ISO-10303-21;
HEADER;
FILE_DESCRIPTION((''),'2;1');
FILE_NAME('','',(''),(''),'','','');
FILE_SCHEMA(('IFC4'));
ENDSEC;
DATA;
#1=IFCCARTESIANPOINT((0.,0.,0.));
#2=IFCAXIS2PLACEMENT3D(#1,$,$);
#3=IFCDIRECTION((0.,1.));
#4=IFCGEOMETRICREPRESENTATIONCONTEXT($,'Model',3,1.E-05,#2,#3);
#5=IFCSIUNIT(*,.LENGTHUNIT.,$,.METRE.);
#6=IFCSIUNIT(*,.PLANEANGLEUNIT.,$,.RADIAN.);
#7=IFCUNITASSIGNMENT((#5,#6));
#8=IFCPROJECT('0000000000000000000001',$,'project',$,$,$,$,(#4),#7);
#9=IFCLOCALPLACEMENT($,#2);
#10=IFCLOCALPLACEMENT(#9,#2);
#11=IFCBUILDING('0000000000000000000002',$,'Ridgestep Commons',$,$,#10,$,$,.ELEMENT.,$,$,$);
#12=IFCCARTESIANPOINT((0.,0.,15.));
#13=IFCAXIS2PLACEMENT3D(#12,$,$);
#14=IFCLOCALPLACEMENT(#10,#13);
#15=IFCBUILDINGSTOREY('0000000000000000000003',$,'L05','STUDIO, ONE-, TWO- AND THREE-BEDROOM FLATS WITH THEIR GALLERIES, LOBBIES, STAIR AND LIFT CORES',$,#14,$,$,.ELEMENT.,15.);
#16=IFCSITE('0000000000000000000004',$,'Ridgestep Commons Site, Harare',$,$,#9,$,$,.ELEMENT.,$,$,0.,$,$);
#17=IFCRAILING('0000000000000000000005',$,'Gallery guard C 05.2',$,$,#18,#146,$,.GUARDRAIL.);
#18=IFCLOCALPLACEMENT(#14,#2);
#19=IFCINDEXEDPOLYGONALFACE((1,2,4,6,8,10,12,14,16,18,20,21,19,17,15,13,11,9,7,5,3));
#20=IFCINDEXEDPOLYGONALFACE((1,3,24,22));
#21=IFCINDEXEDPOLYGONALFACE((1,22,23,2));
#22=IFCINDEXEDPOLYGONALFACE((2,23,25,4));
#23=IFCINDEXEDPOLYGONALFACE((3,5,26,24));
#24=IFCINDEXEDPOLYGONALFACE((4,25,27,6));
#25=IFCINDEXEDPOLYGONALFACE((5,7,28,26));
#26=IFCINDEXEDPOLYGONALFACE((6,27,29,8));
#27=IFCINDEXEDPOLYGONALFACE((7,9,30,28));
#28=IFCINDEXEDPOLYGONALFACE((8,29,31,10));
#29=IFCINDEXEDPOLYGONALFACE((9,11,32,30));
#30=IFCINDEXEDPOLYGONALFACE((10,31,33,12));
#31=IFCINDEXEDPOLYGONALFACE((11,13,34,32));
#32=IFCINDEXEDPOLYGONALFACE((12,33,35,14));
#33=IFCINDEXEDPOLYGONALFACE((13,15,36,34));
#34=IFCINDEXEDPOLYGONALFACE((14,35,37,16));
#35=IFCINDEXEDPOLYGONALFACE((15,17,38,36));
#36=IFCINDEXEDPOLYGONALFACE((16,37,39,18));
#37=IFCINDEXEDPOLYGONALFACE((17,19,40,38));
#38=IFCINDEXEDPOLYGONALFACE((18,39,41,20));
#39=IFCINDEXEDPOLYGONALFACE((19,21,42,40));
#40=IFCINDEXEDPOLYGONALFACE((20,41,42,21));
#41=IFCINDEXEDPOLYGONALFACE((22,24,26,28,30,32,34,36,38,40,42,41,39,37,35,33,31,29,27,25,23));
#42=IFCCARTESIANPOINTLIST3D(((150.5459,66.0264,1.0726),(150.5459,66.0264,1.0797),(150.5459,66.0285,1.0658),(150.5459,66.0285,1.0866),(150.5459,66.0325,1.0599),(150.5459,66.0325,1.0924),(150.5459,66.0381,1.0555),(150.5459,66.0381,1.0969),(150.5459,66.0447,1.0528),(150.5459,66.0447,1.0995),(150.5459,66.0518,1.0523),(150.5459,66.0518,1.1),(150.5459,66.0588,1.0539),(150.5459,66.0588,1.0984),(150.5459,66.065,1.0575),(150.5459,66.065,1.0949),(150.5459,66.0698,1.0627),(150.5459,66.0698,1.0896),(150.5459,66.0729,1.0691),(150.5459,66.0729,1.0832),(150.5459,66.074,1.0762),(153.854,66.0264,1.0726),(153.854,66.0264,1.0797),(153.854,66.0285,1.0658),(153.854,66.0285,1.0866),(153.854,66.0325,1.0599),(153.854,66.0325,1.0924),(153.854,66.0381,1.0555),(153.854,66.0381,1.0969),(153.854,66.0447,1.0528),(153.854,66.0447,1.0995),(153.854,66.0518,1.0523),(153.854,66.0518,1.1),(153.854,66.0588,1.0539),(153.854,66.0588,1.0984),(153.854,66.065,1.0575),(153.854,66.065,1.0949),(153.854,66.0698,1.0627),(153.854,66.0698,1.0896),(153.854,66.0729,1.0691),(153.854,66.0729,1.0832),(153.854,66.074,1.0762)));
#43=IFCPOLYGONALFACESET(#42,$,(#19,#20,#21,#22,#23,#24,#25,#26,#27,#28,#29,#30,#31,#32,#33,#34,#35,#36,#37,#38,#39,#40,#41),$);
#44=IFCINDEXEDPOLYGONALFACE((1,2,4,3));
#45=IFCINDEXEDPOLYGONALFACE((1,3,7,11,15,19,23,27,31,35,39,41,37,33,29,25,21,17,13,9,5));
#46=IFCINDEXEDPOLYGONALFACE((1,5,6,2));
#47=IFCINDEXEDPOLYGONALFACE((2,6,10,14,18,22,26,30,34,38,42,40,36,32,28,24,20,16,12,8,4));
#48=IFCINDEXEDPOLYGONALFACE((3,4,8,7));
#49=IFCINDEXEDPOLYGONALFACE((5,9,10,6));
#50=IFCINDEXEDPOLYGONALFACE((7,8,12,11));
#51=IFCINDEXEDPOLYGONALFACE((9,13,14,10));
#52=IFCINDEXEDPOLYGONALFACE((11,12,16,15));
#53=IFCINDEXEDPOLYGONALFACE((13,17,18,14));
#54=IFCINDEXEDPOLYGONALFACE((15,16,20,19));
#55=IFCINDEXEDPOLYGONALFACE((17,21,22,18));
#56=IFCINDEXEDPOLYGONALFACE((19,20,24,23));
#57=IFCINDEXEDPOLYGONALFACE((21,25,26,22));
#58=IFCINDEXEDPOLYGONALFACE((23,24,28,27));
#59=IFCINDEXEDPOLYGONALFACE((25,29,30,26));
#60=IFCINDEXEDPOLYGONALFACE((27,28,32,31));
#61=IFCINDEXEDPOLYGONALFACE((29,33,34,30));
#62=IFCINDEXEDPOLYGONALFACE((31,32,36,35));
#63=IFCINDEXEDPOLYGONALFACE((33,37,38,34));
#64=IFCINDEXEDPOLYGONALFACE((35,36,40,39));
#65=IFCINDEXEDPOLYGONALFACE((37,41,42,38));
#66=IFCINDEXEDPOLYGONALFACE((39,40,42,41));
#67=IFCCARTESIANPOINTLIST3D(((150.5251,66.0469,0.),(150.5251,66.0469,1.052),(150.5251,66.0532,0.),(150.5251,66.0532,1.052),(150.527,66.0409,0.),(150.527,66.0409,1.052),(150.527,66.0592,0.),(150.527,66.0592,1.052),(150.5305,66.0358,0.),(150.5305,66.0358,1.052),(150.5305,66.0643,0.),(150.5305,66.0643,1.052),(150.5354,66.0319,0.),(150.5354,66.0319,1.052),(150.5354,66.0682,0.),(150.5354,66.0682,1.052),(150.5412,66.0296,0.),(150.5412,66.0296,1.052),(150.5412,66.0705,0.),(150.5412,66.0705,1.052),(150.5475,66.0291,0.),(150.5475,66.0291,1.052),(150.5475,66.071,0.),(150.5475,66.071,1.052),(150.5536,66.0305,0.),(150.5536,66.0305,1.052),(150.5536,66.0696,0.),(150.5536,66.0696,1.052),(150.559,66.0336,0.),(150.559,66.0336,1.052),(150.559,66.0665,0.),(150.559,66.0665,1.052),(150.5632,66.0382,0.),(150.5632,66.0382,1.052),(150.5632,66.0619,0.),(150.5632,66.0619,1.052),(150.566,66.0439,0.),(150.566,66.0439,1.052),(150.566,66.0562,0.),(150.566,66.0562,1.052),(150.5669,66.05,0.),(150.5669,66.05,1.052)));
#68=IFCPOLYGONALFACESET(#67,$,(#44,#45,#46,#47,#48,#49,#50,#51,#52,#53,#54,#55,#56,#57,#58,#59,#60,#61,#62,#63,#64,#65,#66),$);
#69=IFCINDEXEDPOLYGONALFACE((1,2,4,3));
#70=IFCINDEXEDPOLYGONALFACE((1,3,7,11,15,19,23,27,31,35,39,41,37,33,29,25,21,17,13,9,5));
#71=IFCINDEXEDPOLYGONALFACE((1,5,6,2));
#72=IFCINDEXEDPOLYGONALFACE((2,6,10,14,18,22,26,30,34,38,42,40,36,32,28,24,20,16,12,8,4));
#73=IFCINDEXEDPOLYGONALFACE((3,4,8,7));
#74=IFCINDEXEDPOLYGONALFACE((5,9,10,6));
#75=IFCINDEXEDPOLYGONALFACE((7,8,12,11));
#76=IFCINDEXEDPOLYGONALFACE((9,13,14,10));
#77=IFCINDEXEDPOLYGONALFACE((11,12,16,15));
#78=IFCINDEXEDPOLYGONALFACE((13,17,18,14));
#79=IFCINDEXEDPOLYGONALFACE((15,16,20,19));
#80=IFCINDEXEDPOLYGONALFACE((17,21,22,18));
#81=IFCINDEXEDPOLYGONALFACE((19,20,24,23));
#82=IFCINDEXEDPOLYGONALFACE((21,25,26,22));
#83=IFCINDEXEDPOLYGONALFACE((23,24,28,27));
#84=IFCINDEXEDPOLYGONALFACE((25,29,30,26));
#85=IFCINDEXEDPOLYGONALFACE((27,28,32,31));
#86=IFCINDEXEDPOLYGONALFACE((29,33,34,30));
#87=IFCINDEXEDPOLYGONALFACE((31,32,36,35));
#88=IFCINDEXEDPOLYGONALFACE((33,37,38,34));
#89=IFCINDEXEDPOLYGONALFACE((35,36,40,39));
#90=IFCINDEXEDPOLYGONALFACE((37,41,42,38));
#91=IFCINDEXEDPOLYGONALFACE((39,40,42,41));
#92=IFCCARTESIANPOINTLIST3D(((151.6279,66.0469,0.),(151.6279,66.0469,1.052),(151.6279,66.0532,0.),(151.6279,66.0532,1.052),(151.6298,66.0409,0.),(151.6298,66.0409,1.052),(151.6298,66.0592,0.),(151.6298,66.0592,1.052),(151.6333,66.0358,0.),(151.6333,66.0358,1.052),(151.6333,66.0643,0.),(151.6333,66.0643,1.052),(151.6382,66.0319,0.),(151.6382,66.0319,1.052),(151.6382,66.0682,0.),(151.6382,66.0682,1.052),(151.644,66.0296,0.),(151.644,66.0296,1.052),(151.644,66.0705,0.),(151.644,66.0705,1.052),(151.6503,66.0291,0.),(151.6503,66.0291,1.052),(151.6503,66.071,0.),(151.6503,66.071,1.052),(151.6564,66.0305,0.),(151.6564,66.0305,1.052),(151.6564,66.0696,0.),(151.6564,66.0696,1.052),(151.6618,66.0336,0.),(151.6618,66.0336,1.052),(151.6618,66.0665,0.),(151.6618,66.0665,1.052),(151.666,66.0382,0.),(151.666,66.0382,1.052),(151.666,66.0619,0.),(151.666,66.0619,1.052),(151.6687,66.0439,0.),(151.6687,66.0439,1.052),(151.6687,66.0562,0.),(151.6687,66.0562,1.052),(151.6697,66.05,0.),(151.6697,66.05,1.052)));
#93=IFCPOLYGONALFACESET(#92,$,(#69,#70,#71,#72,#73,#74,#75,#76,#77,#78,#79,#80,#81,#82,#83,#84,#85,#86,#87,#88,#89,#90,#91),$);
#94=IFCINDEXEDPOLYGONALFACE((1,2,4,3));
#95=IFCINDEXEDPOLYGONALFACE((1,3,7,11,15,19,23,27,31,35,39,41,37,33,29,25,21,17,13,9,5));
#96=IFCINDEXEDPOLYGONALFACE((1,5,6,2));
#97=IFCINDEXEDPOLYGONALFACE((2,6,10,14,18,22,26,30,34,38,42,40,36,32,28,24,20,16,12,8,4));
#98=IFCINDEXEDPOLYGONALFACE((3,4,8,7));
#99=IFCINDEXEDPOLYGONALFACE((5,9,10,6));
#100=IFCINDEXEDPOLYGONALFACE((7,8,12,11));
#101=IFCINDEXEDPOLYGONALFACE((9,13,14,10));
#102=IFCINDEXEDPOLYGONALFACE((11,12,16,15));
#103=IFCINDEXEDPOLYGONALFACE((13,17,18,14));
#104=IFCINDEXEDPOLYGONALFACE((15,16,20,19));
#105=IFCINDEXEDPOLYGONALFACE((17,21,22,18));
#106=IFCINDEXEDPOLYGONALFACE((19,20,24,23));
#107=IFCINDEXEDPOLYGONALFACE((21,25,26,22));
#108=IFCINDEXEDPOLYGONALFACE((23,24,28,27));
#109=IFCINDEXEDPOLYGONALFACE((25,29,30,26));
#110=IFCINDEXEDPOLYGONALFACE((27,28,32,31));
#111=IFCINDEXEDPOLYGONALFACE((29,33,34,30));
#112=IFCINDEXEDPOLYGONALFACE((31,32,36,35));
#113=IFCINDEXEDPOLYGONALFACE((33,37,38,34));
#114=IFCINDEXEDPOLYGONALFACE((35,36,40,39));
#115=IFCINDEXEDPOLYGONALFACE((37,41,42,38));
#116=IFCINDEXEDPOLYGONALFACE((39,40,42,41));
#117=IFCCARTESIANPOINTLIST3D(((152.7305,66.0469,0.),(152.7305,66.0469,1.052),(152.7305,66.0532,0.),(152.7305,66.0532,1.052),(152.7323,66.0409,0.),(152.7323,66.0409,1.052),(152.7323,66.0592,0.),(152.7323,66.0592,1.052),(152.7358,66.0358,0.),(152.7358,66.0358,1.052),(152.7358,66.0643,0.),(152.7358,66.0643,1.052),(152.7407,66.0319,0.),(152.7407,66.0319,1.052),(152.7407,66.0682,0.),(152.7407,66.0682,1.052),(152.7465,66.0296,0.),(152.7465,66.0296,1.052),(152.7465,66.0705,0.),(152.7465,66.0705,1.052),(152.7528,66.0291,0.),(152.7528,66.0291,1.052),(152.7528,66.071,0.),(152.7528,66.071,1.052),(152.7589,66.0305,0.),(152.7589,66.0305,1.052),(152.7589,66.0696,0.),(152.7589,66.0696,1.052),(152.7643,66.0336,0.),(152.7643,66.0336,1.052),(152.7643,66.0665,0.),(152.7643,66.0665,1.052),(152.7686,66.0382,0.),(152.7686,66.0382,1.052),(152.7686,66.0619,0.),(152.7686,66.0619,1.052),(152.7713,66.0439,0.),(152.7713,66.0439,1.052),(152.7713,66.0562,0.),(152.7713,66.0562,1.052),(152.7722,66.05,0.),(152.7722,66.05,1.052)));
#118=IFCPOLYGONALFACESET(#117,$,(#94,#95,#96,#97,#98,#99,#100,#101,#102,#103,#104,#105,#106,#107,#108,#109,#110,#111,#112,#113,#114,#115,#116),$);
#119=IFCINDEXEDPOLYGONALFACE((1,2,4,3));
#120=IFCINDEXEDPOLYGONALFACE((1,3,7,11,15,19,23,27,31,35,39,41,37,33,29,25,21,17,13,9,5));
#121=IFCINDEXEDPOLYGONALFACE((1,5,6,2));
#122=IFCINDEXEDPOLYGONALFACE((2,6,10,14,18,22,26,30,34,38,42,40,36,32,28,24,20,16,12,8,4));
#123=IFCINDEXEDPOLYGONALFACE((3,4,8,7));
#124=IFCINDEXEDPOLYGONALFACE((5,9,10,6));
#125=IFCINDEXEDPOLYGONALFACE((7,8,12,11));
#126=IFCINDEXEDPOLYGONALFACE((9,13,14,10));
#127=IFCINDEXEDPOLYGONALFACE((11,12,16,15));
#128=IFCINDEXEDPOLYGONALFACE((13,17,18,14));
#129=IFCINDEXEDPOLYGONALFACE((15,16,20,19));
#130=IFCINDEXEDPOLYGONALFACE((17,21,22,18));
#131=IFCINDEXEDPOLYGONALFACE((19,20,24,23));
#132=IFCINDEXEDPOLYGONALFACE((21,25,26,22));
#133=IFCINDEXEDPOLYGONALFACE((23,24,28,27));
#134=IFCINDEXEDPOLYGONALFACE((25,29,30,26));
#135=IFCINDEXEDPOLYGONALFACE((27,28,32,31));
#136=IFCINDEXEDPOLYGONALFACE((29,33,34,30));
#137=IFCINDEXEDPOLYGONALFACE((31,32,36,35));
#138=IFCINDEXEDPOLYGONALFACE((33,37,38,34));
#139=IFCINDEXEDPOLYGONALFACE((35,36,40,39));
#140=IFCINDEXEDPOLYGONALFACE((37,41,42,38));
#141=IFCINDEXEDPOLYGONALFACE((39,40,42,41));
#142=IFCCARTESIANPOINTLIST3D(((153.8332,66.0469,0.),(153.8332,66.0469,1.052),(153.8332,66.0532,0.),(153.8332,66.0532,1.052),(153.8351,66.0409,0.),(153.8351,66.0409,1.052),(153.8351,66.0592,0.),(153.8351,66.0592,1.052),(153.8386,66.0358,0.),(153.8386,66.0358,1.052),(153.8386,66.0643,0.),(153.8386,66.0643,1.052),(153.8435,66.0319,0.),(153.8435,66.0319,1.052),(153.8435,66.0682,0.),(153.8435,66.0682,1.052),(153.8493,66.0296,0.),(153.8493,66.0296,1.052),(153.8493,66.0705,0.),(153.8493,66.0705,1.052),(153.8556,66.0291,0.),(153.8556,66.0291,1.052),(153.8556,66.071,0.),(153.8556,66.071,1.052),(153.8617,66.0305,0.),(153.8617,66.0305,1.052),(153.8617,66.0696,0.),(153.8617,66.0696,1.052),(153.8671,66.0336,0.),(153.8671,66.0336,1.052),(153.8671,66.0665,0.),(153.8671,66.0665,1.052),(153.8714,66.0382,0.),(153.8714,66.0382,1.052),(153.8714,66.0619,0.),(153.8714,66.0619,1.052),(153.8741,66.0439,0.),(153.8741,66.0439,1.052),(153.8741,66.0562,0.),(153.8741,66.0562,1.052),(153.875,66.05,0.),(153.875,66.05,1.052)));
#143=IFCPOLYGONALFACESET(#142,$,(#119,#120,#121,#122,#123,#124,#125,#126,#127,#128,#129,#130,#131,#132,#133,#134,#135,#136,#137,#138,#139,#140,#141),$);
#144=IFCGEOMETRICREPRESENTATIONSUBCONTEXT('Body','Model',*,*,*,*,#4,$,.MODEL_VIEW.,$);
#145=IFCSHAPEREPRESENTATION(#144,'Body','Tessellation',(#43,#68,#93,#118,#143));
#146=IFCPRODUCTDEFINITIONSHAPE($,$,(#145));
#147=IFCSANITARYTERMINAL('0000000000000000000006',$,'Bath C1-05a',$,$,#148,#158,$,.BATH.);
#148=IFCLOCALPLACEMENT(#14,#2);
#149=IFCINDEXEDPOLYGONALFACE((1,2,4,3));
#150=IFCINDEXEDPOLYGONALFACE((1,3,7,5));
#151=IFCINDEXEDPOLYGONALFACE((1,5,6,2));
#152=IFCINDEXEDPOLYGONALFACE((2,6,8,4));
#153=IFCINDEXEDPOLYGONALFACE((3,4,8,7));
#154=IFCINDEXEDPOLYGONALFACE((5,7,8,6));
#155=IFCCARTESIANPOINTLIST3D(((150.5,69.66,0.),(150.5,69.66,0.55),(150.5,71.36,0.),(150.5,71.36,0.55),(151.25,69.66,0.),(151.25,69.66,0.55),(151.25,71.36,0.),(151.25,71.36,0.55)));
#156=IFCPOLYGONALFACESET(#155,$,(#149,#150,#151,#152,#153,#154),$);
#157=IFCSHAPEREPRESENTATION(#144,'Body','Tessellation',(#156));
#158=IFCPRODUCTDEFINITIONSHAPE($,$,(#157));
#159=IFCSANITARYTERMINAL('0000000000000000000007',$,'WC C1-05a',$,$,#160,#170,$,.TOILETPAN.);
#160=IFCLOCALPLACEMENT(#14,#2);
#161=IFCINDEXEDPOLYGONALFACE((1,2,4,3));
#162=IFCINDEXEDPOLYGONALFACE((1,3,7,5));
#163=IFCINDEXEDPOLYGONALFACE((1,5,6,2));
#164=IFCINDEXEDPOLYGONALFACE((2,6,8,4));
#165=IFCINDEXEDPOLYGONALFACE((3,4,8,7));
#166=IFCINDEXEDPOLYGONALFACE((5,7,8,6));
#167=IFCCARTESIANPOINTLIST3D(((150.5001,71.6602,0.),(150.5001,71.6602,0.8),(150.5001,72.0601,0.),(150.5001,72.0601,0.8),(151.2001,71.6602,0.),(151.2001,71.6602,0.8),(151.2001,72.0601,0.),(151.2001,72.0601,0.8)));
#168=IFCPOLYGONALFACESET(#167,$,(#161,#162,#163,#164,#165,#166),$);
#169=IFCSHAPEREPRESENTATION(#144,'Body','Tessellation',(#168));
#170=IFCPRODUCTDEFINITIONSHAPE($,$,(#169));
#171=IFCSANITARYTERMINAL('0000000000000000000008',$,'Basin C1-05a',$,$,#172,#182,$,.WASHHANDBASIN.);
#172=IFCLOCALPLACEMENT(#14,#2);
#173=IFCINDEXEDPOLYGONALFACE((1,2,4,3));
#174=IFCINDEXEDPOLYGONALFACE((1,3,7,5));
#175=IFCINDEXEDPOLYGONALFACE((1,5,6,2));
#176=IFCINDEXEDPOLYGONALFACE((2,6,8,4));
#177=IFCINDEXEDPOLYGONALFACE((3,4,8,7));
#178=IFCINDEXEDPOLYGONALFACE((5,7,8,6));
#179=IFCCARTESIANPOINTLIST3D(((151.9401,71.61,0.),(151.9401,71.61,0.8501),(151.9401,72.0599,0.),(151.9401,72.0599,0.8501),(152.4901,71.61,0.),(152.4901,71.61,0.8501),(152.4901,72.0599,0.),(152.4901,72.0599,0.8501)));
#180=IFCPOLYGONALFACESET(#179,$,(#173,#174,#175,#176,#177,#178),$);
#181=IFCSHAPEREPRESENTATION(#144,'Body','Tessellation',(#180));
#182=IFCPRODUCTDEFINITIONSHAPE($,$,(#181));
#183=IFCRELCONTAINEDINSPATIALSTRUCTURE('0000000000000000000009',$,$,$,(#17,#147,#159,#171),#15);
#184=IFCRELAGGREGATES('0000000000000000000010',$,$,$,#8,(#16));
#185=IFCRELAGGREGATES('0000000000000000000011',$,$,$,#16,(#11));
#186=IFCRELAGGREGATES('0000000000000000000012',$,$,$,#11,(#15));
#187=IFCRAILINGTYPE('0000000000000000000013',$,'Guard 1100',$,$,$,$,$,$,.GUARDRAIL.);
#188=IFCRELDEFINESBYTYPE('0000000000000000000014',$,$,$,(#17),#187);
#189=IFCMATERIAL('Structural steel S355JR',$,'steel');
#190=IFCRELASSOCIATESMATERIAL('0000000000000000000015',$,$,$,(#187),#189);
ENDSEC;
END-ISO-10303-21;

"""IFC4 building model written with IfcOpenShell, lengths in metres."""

from ifc_helpers import new_model, si_unit, direction, frame, origin, origin_2d, place, context, subcontext, project, spatial, rectangle, circle, extrude, material, type_object, element, save


model = new_model("IFC4")

# Units and contexts
model_context = context("Model", 3, precision=1e-05, world=origin(), true_north=direction((0.0, 1.0)))
body_context = subcontext(model_context, "Body", "Model", "MODEL_VIEW")
ifc_project = project(units=[si_unit("LENGTHUNIT", "METRE"), si_unit("PLANEANGLEUNIT", "RADIAN")], contexts=[model_context])

# Site, building, storey
site_placement = place(None, origin())
site = spatial("IfcSite", under=ifc_project, at=site_placement, Name="Ridgestep Commons Site, Harare", CompositionType="ELEMENT", RefElevation=0.0)
building_placement = place(site_placement, origin())
building = spatial("IfcBuilding", under=site, at=building_placement, Name="Ridgestep Commons", CompositionType="ELEMENT")
storey_placement = place(building_placement, frame((0.0, 0.0, 15.0)))
storey = spatial("IfcBuildingStorey", under=building, at=storey_placement, Name="L05", Description="STUDIO, ONE-, TWO- AND THREE-BEDROOM FLATS WITH THEIR GALLERIES, LOBBIES, STAIR AND LIFT CORES", CompositionType="ELEMENT", Elevation=15.0)

# Railing
ifc_material_1 = material(Name="Structural steel S355JR", Category="steel")
railing_type = type_object("IfcRailingType", Name="Guard 1100", PredefinedType="GUARDRAIL", material=ifc_material_1)
railing_placement = place(storey_placement, frame((150.5459, 66.05, 0.0)))
element("IfcRailing", 1, at=railing_placement, inside=storey, type_object=railing_type, Name="Gallery guard C 05.2", PredefinedType="GUARDRAIL", context=body_context, shape_type="SweptSolid", body=[
    extrude(circle(Radius=0.0239, at=origin_2d()), frame((0.0, 0.0, 1.0762), z_axis=(1.0, 0.0, 0.0), x_axis=(0.0, 1.0, 0.0)), (0.0, 0.0, 1.0), 3.3081),
    extrude(circle(Radius=0.021, at=origin_2d()), origin(), (0.0, 0.0, 1.0), 1.052),
    extrude(circle(Radius=0.021, at=origin_2d()), frame((1.1028, 0.0, 0.0)), (0.0, 0.0, 1.0), 1.052),
    extrude(circle(Radius=0.021, at=origin_2d()), frame((2.2053, 0.0, 0.0)), (0.0, 0.0, 1.0), 1.052),
    extrude(circle(Radius=0.021, at=origin_2d()), frame((3.3081, 0.0, 0.0)), (0.0, 0.0, 1.0), 1.052),
])

# Sanitary terminals
sanitary_terminal_1_placement = place(storey_placement, frame((150.875, 70.51, 0.0), z_axis=(0.0, 0.0, 1.0), x_axis=(1.0, 0.0, 0.0)))
element("IfcSanitaryTerminal", 2, at=sanitary_terminal_1_placement, inside=storey, Name="Bath C1-05a", PredefinedType="BATH", context=body_context, shape_type="SweptSolid", body=[
    extrude(rectangle(XDim=0.75, YDim=1.7, at=origin_2d()), origin(), (0.0, 0.0, 1.0), 0.55),
])
sanitary_terminal_2_placement = place(storey_placement, frame((150.8501, 71.8601, 0.0), z_axis=(0.0, 0.0, 1.0), x_axis=(1.0, 0.0, 0.0)))
element("IfcSanitaryTerminal", 3, at=sanitary_terminal_2_placement, inside=storey, Name="WC C1-05a", PredefinedType="TOILETPAN", context=body_context, shape_type="SweptSolid", body=[
    extrude(rectangle(XDim=0.7, YDim=0.3999, at=origin_2d()), origin(), (0.0, 0.0, 1.0), 0.8),
])
sanitary_terminal_3_placement = place(storey_placement, frame((152.2151, 71.835, 0.0), z_axis=(0.0, 0.0, 1.0), x_axis=(1.0, 0.0, 0.0)))
element("IfcSanitaryTerminal", 4, at=sanitary_terminal_3_placement, inside=storey, Name="Basin C1-05a", PredefinedType="WASHHANDBASIN", context=body_context, shape_type="SweptSolid", body=[
    extrude(rectangle(XDim=0.55, YDim=0.45, at=origin_2d()), origin(), (0.0, 0.0, 1.0), 0.8501),
])

save(model, "model.ifc")
